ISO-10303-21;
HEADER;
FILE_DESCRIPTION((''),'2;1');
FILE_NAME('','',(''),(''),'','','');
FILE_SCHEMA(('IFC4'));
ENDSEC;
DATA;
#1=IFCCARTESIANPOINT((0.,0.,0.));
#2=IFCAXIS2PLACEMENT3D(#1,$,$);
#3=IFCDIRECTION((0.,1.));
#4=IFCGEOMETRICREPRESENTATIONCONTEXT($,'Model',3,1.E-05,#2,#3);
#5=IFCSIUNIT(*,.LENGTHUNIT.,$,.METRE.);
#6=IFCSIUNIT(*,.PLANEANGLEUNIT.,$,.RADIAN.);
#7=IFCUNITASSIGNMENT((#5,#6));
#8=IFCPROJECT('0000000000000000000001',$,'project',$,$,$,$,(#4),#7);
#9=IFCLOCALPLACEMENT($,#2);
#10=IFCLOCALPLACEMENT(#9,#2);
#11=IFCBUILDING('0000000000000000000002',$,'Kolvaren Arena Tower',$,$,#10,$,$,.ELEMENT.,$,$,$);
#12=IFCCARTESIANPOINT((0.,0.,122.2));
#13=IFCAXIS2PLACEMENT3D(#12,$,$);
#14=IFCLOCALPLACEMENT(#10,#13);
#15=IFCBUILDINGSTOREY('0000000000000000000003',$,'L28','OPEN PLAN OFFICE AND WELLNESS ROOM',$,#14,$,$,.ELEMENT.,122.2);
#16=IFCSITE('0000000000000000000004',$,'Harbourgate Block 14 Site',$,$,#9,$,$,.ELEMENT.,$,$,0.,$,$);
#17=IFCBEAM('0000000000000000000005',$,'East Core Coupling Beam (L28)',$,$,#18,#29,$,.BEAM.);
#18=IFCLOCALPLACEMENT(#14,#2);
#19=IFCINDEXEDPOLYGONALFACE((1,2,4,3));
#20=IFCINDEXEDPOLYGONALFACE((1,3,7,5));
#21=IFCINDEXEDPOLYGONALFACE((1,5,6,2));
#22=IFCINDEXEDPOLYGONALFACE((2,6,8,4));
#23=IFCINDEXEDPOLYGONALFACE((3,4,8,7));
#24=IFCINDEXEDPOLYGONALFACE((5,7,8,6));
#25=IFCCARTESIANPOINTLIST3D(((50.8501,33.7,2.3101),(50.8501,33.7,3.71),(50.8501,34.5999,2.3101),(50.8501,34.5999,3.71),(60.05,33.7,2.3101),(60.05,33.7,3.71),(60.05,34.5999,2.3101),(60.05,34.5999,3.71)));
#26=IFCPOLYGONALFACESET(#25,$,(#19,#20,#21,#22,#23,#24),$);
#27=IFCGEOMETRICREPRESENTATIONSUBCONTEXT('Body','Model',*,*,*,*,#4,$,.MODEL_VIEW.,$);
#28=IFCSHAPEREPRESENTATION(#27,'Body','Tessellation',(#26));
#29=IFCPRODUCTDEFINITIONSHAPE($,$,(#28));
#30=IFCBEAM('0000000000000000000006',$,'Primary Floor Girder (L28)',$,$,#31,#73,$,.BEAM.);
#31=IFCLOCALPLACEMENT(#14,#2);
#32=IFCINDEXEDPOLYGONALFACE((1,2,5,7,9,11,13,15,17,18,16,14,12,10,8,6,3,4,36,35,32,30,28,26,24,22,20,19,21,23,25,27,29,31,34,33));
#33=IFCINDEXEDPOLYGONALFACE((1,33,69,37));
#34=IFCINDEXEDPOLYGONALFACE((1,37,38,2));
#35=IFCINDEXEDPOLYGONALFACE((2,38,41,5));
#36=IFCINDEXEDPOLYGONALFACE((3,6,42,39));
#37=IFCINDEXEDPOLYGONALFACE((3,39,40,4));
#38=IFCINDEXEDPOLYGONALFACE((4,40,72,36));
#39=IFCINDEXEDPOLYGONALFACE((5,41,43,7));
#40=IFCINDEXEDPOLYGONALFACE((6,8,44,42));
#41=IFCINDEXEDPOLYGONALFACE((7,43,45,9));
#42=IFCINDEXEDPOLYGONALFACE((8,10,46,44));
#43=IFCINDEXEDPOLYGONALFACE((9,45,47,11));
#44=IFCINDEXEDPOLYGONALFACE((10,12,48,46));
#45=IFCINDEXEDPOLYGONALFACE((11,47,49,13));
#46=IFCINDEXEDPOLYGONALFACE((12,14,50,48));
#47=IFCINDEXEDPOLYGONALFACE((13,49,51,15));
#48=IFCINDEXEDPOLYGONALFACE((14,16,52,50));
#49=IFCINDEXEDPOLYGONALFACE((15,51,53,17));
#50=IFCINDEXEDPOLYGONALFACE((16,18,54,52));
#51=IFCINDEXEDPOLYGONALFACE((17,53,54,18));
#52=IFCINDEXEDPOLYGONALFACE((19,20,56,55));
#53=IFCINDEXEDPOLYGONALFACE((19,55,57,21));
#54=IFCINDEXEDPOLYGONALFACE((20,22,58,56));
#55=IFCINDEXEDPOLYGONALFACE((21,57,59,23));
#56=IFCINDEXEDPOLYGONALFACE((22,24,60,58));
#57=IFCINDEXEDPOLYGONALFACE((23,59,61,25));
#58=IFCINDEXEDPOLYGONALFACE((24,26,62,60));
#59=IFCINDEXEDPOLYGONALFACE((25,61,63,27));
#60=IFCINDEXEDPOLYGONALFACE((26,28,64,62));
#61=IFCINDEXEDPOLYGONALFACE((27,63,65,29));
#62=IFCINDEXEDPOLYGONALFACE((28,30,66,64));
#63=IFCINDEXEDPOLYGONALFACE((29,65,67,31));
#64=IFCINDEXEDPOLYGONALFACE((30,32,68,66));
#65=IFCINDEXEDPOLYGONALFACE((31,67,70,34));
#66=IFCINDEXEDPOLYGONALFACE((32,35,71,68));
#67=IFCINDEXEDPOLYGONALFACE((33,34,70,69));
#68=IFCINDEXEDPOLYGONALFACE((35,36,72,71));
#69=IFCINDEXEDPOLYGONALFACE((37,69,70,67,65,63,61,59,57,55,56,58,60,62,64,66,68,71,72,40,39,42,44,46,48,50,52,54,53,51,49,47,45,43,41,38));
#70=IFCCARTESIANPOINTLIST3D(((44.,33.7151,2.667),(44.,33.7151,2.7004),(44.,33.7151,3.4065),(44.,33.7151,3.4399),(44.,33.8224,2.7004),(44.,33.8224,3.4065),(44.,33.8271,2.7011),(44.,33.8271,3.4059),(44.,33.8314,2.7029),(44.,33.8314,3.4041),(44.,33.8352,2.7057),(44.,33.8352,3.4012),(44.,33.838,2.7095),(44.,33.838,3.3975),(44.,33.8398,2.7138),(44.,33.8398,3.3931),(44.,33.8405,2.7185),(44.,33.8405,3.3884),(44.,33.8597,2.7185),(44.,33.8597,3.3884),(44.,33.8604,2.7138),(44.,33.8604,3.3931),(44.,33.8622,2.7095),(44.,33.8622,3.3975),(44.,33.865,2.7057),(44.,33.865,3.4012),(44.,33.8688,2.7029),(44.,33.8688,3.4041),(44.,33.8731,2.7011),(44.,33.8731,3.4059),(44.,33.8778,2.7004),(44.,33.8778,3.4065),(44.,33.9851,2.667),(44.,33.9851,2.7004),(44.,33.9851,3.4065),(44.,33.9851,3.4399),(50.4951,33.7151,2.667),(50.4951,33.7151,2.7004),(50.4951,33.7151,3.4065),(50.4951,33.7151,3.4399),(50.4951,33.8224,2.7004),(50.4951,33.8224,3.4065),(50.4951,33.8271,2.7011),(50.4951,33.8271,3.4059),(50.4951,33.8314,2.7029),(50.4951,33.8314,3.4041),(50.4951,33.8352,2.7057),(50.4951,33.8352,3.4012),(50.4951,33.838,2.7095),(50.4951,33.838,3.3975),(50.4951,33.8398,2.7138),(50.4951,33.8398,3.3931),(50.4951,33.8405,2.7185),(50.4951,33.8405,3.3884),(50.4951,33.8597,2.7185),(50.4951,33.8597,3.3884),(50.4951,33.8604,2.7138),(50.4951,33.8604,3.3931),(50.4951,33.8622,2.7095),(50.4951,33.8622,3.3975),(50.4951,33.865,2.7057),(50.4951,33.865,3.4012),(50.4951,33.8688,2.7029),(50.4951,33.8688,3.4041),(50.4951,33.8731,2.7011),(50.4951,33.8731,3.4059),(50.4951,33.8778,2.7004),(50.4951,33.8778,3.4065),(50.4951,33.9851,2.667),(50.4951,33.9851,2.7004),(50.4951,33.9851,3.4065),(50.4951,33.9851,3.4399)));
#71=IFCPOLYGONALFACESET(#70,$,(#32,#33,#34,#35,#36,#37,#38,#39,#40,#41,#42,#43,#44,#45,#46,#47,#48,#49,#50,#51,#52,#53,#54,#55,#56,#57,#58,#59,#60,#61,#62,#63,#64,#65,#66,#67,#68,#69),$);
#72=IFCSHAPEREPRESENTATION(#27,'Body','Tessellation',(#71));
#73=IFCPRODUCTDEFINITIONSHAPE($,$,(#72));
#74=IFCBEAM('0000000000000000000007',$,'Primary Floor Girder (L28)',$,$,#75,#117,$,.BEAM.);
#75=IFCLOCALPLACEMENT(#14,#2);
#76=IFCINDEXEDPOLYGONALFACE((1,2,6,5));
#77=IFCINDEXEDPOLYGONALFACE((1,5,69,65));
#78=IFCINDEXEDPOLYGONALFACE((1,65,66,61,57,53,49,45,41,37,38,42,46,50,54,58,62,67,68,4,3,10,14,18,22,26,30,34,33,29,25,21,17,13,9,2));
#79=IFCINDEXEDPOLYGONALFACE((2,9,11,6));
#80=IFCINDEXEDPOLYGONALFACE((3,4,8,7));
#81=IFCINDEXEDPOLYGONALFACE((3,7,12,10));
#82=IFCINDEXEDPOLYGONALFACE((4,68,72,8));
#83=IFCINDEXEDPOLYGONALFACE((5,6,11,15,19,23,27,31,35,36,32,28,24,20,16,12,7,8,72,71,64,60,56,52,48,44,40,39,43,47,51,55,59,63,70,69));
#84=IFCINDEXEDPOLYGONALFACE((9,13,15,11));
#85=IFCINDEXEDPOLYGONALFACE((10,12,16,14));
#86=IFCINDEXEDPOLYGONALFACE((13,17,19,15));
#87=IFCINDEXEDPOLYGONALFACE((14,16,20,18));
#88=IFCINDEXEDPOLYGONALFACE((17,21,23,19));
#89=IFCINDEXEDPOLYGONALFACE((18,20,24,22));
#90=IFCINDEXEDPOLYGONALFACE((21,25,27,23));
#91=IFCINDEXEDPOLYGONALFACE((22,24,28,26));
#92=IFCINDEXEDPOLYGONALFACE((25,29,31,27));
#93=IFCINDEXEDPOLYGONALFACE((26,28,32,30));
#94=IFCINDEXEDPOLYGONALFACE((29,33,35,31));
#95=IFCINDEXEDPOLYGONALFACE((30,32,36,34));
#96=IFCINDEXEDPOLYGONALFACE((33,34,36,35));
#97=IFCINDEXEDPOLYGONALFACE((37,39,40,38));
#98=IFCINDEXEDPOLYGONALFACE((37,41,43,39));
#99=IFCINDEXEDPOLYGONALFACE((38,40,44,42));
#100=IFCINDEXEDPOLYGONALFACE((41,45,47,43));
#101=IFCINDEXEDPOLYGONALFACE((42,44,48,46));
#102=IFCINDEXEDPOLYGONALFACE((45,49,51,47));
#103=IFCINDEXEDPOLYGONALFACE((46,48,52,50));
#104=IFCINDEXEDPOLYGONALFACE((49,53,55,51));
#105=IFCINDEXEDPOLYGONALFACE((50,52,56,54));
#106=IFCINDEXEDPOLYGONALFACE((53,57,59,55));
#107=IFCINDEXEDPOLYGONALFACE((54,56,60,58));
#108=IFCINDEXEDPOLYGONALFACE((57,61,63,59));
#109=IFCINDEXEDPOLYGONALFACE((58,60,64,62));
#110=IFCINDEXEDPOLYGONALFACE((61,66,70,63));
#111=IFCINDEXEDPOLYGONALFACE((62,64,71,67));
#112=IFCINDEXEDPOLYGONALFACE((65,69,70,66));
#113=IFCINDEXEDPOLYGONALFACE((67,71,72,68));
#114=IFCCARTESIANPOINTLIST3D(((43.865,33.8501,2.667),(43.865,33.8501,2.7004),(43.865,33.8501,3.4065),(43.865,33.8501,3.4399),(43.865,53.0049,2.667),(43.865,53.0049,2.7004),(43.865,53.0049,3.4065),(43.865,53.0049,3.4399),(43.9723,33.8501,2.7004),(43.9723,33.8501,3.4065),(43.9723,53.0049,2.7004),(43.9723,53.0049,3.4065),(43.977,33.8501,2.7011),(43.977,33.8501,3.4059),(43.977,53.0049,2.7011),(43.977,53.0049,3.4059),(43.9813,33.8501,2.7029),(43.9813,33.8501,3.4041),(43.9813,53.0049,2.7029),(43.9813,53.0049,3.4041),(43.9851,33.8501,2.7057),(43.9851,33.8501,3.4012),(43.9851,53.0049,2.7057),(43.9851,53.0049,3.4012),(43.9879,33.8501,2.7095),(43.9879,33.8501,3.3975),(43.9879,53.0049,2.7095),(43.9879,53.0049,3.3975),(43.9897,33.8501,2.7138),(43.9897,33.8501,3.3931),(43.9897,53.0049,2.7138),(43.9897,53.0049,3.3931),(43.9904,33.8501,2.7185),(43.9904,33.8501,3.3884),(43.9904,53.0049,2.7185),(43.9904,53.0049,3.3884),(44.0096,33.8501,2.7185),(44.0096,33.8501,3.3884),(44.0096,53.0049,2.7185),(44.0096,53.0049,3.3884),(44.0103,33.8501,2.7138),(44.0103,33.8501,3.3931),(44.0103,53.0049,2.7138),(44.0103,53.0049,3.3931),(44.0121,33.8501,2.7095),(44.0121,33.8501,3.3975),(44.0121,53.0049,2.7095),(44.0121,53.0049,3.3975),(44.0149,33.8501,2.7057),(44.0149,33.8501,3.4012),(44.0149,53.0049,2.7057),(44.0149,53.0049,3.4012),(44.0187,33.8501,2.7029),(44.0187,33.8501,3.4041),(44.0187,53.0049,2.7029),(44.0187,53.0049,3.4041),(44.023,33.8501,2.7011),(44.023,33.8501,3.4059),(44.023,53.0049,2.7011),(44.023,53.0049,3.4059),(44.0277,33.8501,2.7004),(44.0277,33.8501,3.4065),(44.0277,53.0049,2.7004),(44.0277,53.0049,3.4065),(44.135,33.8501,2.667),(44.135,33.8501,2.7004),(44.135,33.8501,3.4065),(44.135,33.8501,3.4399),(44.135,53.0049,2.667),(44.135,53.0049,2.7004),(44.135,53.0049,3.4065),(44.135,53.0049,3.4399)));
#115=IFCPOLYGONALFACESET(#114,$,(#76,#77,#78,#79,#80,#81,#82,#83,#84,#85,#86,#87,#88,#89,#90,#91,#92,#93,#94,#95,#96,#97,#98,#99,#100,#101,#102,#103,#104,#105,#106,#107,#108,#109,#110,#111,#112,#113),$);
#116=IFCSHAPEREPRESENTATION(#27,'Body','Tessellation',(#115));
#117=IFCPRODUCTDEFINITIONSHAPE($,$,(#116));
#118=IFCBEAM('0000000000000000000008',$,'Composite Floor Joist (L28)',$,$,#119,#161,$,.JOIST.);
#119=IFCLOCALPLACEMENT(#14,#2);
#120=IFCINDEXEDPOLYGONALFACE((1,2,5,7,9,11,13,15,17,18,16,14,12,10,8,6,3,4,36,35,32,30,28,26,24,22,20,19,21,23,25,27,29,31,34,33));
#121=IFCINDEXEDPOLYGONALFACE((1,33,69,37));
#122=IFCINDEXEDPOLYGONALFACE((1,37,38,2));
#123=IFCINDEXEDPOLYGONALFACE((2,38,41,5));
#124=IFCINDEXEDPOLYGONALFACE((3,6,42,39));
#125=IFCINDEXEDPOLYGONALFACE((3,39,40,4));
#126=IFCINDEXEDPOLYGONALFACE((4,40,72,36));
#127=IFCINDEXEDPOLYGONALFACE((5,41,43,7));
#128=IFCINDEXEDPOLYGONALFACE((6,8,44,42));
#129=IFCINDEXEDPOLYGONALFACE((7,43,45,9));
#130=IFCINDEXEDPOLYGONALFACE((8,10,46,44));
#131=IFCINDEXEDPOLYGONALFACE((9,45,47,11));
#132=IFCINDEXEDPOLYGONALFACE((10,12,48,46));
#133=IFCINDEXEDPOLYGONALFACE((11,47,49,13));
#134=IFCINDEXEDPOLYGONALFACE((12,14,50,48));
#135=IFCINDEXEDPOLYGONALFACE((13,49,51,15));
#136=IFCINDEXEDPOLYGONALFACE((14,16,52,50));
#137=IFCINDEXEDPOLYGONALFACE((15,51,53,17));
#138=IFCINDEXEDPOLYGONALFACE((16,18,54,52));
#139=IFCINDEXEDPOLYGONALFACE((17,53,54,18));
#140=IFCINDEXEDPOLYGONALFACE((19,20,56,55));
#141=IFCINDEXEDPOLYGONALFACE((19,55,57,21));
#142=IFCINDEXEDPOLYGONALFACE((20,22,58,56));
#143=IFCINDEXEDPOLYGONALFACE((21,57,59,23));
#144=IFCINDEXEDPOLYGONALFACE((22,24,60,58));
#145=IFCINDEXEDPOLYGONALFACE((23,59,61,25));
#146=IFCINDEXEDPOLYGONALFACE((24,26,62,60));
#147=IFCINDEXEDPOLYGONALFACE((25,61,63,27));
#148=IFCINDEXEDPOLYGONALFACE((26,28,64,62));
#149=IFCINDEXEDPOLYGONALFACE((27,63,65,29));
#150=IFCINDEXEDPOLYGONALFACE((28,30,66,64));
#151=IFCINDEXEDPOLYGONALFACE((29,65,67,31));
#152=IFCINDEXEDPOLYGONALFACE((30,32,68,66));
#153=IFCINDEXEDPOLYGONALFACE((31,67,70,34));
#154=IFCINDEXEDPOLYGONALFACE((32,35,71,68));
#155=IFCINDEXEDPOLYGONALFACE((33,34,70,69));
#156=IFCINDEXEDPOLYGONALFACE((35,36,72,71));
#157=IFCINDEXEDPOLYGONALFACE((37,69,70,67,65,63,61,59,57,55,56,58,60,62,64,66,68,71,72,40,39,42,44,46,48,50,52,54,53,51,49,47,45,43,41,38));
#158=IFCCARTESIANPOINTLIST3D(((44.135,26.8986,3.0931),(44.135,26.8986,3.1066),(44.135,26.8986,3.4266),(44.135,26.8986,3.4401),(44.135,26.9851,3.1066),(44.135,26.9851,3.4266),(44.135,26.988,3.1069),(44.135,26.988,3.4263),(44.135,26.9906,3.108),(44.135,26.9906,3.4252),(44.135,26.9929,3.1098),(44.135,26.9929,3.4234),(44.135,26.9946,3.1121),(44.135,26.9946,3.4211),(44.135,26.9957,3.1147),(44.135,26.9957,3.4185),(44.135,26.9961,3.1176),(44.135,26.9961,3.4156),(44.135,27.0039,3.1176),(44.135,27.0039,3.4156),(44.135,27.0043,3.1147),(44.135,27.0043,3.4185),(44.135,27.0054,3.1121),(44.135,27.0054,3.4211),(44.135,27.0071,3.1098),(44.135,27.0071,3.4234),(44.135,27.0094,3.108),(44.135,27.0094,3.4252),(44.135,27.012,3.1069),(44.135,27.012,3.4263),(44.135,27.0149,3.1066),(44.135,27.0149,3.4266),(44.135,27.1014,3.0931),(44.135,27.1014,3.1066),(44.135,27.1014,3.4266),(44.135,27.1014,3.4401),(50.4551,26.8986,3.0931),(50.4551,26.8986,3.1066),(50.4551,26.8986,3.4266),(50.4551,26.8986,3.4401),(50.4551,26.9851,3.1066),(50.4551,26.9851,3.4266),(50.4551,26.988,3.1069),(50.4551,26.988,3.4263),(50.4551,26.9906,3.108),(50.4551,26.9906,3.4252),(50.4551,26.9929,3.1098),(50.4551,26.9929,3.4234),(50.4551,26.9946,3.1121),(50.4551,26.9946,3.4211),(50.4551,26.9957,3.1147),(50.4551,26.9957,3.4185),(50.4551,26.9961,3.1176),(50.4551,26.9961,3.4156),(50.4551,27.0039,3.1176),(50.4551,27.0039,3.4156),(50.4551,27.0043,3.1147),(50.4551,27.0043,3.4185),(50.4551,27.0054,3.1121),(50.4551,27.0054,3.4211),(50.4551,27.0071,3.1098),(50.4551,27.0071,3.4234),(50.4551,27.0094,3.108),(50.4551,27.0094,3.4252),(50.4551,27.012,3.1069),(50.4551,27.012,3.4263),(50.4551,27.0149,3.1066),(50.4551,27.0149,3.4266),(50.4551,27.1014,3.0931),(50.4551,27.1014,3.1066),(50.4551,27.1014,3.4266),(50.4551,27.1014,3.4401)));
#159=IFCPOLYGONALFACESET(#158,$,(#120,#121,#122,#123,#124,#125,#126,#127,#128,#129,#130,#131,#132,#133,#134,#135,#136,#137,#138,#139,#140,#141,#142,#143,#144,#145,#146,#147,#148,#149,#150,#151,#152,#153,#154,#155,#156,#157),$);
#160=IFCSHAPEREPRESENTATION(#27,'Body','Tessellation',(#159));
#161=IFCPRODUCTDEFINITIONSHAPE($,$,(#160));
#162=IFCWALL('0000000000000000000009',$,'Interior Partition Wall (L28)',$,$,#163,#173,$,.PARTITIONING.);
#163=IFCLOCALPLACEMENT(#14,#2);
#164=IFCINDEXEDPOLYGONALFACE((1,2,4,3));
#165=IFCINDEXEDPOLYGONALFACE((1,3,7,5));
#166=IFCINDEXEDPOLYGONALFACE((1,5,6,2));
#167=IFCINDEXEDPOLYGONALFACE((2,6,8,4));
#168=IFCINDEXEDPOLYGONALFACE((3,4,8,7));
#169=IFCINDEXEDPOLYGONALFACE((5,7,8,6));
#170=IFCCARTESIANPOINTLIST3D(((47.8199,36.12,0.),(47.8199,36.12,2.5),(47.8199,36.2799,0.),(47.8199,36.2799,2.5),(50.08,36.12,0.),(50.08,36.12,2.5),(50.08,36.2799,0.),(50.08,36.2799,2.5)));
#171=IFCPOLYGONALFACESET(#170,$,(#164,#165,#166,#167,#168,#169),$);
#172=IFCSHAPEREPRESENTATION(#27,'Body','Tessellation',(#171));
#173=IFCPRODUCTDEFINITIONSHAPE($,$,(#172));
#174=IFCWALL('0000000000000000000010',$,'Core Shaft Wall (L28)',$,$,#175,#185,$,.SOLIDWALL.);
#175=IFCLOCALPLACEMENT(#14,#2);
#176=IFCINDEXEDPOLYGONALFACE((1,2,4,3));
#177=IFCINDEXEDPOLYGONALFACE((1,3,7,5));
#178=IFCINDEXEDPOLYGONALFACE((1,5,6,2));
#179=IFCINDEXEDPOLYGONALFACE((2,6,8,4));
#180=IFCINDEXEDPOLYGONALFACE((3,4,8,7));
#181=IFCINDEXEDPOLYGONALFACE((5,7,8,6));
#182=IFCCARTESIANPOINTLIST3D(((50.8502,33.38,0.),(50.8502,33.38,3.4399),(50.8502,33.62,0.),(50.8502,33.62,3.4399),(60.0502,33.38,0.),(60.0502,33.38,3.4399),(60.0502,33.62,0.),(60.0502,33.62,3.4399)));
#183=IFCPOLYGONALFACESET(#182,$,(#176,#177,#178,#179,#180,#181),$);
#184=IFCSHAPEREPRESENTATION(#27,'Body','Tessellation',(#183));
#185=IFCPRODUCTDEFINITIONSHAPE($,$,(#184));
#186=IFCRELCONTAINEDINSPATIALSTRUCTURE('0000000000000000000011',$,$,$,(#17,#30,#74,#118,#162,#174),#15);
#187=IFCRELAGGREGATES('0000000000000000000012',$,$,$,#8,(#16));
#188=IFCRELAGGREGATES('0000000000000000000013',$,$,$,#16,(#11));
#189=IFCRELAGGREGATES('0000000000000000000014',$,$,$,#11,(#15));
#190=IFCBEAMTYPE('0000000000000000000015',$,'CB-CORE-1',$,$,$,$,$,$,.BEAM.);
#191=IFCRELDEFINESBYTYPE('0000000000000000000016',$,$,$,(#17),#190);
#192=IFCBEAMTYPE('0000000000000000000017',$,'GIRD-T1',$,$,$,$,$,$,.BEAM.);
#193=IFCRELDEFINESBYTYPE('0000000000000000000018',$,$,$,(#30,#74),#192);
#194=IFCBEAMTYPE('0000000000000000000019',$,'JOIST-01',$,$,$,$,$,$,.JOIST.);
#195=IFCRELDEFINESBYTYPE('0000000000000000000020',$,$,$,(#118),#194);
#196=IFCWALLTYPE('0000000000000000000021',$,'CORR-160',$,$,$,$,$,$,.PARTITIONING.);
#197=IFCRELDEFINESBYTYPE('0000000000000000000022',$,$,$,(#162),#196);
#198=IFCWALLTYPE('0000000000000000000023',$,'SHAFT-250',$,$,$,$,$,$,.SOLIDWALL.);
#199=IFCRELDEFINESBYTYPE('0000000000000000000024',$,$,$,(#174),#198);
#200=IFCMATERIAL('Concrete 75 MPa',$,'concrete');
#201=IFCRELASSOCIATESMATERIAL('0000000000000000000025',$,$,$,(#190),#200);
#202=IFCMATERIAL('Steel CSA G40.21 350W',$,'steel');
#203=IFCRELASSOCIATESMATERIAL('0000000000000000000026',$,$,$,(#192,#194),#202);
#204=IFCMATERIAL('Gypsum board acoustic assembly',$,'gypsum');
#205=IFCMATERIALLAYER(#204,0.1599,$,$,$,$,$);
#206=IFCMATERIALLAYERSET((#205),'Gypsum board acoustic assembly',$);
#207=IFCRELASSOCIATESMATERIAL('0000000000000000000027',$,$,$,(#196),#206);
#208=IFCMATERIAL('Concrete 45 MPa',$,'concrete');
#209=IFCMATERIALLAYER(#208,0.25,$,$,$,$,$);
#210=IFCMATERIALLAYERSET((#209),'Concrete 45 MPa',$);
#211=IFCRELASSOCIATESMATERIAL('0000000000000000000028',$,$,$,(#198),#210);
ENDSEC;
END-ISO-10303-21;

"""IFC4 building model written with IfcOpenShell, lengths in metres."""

from ifc_helpers import new_model, si_unit, direction, frame, frame_2d, origin, origin_2d, place, context, subcontext, project, spatial, rectangle, i_section, extrude, material, layer, layer_set, material_profile, profile_set, type_object, element, save


model = new_model("IFC4")

# Units and contexts
model_context = context("Model", 3, precision=1e-05, world=origin(), true_north=direction((0.0, 1.0)))
body_context = subcontext(model_context, "Body", "Model", "MODEL_VIEW")
ifc_project = project(units=[si_unit("LENGTHUNIT", "METRE"), si_unit("PLANEANGLEUNIT", "RADIAN")], contexts=[model_context])

# Site, building, storey
site_placement = place(None, origin())
site = spatial("IfcSite", under=ifc_project, at=site_placement, Name="Harbourgate Block 14 Site", CompositionType="ELEMENT", RefElevation=0.0)
building_placement = place(site_placement, origin())
building = spatial("IfcBuilding", under=site, at=building_placement, Name="Kolvaren Arena Tower", CompositionType="ELEMENT")
storey_placement = place(building_placement, frame((0.0, 0.0, 122.2)))
storey = spatial("IfcBuildingStorey", under=building, at=storey_placement, Name="L28", Description="OPEN PLAN OFFICE AND WELLNESS ROOM", CompositionType="ELEMENT", Elevation=122.2)

# Beams
ifc_material_1 = material(Name="Steel CSA G40.21 350W", Category="steel")
ifc_material_2 = material(Name="Concrete 75 MPa", Category="concrete")
ifc_material_profile_1 = material_profile(ifc_material_2, rectangle(XDim=0.8999, YDim=1.3999, at=origin_2d()), Name="RC-900x1400")
ifc_profile_set_1 = profile_set([ifc_material_profile_1], Name="Concrete 75 MPa")
beam_type_1 = type_object("IfcBeamType", Name="CB-CORE-1", PredefinedType="BEAM", material=ifc_profile_set_1)
beam_1_placement = place(storey_placement, frame((50.8501, 34.1499, 3.01), z_axis=(1.0, 0.0, 0.0), x_axis=(0.0, 1.0, 0.0)))
element("IfcBeam", 1, at=beam_1_placement, inside=storey, type_object=beam_type_1, Name="East Core Coupling Beam (L28)", PredefinedType="BEAM", context=body_context, shape_type="SweptSolid", body=[
    extrude(rectangle(XDim=0.8999, YDim=1.3999, at=origin_2d()), origin(), (0.0, 0.0, 1.0), 9.2),
])
ifc_material_profile_2 = material_profile(ifc_material_1, i_section(OverallWidth=0.27, OverallDepth=0.7729, WebThickness=0.0193, FlangeThickness=0.0334, FilletRadius=0.0181, at=origin_2d()), Name="W760x257")
ifc_profile_set_2 = profile_set([ifc_material_profile_2], Name="Steel CSA G40.21 350W")
beam_type_2 = type_object("IfcBeamType", Name="GIRD-T1", PredefinedType="BEAM", material=ifc_profile_set_2)
beam_2_placement = place(storey_placement, frame((44.0, 33.8501, 3.0535), z_axis=(1.0, 0.0, 0.0), x_axis=(0.0, 1.0, 0.0)))
element("IfcBeam", 2, at=beam_2_placement, inside=storey, type_object=beam_type_2, Name="Primary Floor Girder (L28)", PredefinedType="BEAM", context=body_context, shape_type="SweptSolid", body=[
    extrude(i_section(OverallWidth=0.27, OverallDepth=0.7729, WebThickness=0.0193, FlangeThickness=0.0334, FilletRadius=0.0181, at=origin_2d()), origin(), (0.0, 0.0, 1.0), 6.4951),
])
beam_3_placement = place(storey_placement, frame((44.0, 33.8501, 3.0535), z_axis=(0.0, 1.0, 0.0), x_axis=(-1.0, 0.0, 0.0)))
element("IfcBeam", 3, at=beam_3_placement, inside=storey, type_object=beam_type_2, Name="Primary Floor Girder (L28)", PredefinedType="BEAM", context=body_context, shape_type="SweptSolid", body=[
    extrude(i_section(OverallWidth=0.27, OverallDepth=0.7729, WebThickness=0.0193, FlangeThickness=0.0334, FilletRadius=0.0181, at=origin_2d()), origin(), (0.0, 0.0, 1.0), 19.1548),
])
ifc_material_profile_3 = material_profile(ifc_material_1, i_section(OverallWidth=0.2029, OverallDepth=0.3469, WebThickness=0.0078, FlangeThickness=0.0134, FilletRadius=0.011, at=origin_2d()), Name="W360x64")
ifc_profile_set_3 = profile_set([ifc_material_profile_3], Name="Steel CSA G40.21 350W")
beam_type_3 = type_object("IfcBeamType", Name="JOIST-01", PredefinedType="JOIST", material=ifc_profile_set_3)
beam_4_placement = place(storey_placement, frame((44.135, 27.0, 3.2666), z_axis=(1.0, 0.0, 0.0), x_axis=(0.0, 1.0, 0.0)))
element("IfcBeam", 4, at=beam_4_placement, inside=storey, type_object=beam_type_3, Name="Composite Floor Joist (L28)", PredefinedType="JOIST", context=body_context, shape_type="SweptSolid", body=[
    extrude(i_section(OverallWidth=0.2029, OverallDepth=0.3469, WebThickness=0.0078, FlangeThickness=0.0134, FilletRadius=0.011, at=origin_2d()), origin(), (0.0, 0.0, 1.0), 6.3201),
])

# Walls
ifc_material_3 = material(Name="Gypsum board acoustic assembly", Category="gypsum")
ifc_layer_1 = layer(ifc_material_3, 0.1599)
ifc_layer_set_1 = layer_set([ifc_layer_1], Name="Gypsum board acoustic assembly")
wall_type_1 = type_object("IfcWallType", Name="CORR-160", PredefinedType="PARTITIONING", material=ifc_layer_set_1)
wall_1_placement = place(storey_placement, frame((47.8201, 36.2, 0.0), z_axis=(0.0, 0.0, 1.0), x_axis=(1.0, 0.0, 0.0)))
element("IfcWall", 5, at=wall_1_placement, inside=storey, type_object=wall_type_1, Name="Interior Partition Wall (L28)", PredefinedType="PARTITIONING", context=body_context, shape_type="SweptSolid", body=[
    extrude(rectangle(XDim=2.26, YDim=0.1599, at=frame_2d((1.1299, 0.0))), origin(), (0.0, 0.0, 1.0), 2.5),
])
ifc_material_4 = material(Name="Concrete 45 MPa", Category="concrete")
ifc_layer_2 = layer(ifc_material_4, 0.25)
ifc_layer_set_2 = layer_set([ifc_layer_2], Name="Concrete 45 MPa")
wall_type_2 = type_object("IfcWallType", Name="SHAFT-250", PredefinedType="SOLIDWALL", material=ifc_layer_set_2)
wall_2_placement = place(storey_placement, frame((50.8501, 33.5, 0.0), z_axis=(0.0, 0.0, 1.0), x_axis=(1.0, 0.0, 0.0)))
element("IfcWall", 6, at=wall_2_placement, inside=storey, type_object=wall_type_2, Name="Core Shaft Wall (L28)", PredefinedType="SOLIDWALL", context=body_context, shape_type="SweptSolid", body=[
    extrude(rectangle(XDim=9.2, YDim=0.24, at=frame_2d((4.6001, 0.0))), origin(), (0.0, 0.0, 1.0), 3.4399),
])

save(model, "model.ifc")
